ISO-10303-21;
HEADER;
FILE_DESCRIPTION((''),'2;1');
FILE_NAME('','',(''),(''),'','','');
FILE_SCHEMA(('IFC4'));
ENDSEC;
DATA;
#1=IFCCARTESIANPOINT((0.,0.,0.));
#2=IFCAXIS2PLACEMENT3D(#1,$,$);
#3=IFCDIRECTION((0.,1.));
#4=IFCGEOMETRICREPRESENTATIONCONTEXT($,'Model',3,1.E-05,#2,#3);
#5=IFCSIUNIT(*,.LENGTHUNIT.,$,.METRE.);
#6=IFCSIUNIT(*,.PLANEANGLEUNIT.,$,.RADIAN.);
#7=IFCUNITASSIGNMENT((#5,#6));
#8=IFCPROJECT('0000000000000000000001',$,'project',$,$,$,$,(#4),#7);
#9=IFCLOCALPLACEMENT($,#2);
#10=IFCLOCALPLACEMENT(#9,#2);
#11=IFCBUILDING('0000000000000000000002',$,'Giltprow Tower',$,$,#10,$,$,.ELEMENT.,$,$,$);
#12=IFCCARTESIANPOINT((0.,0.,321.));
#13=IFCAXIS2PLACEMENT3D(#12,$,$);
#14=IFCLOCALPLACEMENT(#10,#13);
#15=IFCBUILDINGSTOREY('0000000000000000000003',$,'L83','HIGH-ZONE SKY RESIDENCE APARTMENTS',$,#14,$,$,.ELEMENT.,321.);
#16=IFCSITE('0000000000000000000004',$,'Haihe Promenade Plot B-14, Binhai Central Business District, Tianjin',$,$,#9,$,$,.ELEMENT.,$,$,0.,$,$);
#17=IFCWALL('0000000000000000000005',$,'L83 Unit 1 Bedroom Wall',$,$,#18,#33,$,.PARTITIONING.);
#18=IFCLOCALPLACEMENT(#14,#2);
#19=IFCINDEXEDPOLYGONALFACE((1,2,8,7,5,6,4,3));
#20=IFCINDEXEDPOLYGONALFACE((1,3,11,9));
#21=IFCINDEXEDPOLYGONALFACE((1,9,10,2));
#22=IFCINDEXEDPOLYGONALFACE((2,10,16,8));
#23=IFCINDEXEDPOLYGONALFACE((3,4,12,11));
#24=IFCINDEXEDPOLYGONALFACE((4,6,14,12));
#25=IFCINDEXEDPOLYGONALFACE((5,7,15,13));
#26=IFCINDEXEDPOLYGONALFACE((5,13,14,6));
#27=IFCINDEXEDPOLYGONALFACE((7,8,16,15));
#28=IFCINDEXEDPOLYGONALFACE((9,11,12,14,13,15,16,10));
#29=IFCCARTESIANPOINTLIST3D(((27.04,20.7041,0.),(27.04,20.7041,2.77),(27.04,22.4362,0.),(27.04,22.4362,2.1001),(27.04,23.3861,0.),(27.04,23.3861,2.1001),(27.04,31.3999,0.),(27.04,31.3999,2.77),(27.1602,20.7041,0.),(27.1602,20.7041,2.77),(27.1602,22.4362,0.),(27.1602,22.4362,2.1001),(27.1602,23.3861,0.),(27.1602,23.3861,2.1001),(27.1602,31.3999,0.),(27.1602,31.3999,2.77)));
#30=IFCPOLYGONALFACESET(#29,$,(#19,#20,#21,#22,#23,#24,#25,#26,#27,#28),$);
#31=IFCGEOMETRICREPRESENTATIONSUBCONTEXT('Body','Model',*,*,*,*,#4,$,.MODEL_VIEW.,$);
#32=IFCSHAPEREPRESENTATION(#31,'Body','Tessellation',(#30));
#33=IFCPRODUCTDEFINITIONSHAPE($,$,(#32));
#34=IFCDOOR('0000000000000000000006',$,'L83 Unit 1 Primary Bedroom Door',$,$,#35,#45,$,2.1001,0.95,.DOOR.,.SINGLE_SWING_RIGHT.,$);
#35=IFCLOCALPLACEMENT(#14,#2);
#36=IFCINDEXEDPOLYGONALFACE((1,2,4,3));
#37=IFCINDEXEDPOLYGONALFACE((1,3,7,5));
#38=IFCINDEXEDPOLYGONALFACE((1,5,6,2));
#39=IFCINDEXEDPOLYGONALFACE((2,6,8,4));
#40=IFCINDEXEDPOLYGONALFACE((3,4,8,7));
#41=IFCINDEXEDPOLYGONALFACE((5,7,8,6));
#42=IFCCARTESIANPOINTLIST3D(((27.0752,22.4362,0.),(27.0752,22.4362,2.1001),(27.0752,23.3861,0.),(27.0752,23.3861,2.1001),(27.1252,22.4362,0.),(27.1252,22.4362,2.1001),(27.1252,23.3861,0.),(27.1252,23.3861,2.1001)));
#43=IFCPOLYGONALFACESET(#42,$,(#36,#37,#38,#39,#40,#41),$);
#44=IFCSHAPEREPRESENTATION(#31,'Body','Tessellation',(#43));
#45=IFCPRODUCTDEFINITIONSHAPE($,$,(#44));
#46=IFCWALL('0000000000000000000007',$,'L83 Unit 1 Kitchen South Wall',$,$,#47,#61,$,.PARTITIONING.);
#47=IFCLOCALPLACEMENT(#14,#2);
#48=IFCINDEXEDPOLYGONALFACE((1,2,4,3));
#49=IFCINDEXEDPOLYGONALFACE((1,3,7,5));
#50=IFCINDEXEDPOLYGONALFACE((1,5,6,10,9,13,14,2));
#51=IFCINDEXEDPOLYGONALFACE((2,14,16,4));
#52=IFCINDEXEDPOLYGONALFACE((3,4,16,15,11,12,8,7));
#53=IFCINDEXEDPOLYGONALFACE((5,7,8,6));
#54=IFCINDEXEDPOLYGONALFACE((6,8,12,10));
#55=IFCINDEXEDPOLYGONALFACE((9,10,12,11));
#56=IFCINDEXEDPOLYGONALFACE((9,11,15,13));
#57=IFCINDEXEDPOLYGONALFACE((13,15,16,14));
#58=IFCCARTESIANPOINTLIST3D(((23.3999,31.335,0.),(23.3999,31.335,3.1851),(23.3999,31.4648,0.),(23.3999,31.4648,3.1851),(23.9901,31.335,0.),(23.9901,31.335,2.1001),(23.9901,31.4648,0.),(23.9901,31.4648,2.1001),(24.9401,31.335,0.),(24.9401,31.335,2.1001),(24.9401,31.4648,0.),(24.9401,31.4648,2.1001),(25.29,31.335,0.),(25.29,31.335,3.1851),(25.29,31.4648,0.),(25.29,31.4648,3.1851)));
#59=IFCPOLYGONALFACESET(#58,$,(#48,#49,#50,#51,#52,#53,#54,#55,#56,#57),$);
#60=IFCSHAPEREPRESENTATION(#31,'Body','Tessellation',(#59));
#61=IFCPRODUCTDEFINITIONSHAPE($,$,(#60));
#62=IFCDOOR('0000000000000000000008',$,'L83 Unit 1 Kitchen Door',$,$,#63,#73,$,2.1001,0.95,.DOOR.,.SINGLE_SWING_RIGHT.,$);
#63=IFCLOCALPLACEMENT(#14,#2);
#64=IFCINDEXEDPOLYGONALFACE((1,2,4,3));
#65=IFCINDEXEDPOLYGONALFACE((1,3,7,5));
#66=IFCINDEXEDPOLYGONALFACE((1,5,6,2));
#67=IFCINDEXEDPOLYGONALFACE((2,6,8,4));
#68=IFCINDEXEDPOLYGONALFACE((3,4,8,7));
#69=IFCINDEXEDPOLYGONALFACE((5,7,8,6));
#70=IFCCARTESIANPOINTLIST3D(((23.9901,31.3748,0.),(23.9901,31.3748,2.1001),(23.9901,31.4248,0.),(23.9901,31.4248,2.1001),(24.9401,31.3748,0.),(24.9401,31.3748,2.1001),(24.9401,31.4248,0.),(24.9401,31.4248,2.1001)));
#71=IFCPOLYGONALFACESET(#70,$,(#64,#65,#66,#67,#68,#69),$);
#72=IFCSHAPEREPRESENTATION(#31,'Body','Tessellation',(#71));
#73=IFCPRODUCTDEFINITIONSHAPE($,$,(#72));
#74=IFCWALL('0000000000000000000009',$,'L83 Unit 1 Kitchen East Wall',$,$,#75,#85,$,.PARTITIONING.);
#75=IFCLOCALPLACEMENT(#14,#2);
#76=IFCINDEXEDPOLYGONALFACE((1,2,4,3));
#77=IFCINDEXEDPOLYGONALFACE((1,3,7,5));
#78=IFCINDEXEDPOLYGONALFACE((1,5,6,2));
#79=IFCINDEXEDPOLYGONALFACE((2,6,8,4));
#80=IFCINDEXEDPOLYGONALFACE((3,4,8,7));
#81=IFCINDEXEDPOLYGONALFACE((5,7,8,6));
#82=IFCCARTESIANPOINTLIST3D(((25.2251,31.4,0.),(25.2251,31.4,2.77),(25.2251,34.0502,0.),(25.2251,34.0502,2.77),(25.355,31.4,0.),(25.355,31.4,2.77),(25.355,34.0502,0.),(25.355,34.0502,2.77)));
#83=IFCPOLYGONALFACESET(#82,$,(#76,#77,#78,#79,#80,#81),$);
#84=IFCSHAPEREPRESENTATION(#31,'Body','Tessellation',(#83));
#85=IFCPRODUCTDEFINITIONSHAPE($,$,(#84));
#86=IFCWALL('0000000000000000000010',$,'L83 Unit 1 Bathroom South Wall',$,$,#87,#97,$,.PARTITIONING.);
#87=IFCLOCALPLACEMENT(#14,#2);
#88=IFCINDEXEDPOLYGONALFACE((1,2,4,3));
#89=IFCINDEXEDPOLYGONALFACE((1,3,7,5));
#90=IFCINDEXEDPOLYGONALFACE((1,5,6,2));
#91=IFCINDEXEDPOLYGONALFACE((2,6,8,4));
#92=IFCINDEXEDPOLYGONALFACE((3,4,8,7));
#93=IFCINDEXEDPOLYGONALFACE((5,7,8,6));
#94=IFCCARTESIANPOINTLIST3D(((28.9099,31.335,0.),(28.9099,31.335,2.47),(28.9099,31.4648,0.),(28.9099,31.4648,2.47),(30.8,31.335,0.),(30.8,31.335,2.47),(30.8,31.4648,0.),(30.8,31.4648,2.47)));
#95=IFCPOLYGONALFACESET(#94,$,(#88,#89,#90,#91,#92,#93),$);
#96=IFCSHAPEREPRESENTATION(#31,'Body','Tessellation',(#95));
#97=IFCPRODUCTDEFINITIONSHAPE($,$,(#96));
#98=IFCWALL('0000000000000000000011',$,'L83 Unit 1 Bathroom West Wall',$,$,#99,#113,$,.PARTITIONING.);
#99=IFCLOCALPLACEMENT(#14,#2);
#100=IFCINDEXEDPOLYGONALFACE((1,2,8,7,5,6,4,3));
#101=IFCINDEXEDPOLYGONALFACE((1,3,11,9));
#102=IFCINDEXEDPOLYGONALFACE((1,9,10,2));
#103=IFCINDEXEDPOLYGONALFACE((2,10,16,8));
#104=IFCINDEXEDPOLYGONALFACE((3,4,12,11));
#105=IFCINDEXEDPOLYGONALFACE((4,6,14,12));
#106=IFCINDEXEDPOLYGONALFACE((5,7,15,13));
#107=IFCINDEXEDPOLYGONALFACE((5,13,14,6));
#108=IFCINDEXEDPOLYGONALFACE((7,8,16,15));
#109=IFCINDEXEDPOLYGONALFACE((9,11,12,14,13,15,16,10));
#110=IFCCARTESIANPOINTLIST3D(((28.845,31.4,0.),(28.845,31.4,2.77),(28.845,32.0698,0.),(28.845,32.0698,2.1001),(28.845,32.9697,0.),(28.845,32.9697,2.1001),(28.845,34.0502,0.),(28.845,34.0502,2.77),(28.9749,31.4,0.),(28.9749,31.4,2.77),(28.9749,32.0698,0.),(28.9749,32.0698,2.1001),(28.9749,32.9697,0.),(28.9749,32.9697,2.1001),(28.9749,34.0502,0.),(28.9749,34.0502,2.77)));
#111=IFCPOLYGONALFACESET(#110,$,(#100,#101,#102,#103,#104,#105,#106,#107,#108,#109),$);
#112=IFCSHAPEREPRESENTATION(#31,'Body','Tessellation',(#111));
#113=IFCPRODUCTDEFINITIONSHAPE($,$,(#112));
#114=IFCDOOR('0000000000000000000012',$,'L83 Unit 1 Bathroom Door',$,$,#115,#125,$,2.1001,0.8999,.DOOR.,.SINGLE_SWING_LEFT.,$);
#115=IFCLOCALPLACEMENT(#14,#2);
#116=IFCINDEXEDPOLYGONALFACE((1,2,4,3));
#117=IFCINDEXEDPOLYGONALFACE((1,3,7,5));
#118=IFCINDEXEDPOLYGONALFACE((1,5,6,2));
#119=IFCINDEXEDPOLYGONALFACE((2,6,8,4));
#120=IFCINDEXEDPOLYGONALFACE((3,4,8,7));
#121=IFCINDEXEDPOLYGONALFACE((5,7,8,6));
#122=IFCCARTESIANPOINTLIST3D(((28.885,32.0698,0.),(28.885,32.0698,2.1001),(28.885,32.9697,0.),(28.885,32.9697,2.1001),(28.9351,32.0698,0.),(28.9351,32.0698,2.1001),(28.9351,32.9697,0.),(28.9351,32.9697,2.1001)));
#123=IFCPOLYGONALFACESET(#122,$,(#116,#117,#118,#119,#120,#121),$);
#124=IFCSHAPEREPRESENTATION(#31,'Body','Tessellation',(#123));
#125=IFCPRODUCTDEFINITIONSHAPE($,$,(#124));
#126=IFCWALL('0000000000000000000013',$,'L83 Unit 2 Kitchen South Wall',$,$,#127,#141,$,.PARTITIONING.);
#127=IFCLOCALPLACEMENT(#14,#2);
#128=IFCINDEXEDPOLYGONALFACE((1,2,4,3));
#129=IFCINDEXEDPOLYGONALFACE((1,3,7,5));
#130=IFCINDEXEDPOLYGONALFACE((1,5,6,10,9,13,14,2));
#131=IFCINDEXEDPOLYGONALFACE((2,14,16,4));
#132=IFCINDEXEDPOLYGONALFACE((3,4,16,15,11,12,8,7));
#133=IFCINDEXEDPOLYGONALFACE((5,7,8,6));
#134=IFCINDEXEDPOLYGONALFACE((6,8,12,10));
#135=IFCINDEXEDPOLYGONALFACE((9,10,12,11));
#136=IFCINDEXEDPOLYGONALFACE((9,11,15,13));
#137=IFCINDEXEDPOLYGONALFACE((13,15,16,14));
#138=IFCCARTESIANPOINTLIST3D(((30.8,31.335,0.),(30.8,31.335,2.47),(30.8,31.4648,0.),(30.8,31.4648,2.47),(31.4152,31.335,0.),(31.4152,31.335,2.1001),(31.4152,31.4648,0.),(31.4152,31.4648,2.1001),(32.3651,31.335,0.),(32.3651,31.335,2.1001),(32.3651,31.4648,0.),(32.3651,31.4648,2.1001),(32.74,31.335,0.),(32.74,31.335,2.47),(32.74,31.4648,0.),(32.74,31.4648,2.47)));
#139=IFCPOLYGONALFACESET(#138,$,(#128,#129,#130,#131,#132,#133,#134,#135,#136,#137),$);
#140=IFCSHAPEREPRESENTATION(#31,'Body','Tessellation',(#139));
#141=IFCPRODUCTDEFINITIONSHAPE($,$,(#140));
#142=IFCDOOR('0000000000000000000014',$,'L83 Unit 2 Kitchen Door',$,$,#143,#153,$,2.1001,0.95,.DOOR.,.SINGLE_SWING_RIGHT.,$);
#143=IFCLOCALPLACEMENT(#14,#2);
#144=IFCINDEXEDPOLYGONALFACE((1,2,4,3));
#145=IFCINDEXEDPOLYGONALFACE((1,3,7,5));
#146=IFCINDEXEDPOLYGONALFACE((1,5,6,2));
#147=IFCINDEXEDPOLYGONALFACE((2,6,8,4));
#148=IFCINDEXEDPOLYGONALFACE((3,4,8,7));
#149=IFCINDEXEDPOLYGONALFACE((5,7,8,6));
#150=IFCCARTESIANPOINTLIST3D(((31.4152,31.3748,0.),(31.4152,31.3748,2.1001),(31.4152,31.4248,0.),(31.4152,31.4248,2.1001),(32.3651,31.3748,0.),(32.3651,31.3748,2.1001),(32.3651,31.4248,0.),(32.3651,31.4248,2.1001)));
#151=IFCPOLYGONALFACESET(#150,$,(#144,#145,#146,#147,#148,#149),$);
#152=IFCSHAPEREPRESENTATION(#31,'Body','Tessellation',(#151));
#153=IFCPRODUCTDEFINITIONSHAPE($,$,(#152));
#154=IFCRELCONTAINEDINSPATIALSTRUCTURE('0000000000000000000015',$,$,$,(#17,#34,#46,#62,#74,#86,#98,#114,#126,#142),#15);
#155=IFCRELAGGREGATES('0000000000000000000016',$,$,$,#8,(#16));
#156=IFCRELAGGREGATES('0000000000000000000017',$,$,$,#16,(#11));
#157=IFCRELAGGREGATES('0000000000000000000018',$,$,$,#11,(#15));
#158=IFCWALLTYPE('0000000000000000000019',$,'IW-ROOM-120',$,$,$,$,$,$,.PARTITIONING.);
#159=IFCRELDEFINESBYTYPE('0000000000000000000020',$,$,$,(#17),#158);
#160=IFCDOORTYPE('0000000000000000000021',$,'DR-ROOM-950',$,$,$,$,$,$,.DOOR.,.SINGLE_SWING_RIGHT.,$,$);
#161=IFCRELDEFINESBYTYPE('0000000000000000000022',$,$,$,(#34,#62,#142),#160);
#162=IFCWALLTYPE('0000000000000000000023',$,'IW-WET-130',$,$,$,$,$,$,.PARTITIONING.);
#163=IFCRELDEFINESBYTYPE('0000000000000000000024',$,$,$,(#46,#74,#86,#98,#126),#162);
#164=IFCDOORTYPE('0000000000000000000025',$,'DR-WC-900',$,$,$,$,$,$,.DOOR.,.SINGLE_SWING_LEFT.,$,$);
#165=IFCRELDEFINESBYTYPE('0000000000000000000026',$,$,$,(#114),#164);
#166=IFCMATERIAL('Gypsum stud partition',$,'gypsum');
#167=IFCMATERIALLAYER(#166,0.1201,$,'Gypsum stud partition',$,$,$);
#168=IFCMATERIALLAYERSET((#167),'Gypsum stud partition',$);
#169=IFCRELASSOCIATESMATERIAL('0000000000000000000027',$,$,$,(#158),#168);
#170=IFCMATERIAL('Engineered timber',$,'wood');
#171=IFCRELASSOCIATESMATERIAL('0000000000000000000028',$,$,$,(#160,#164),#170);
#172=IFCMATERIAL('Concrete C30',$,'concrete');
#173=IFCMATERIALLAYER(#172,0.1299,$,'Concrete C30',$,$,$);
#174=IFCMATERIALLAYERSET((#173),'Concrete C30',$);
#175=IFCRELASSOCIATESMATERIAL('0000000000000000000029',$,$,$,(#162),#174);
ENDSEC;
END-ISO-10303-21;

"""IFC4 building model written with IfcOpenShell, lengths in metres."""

from ifc_helpers import new_model, si_unit, direction, frame, frame_2d, origin, place, context, subcontext, project, spatial, rectangle, extrude, source, transform, mapped, material, layer, layer_set, type_object, element, fill, save


model = new_model("IFC4")

# Units and contexts
model_context = context("Model", 3, precision=1e-05, world=origin(), true_north=direction((0.0, 1.0)))
body_context = subcontext(model_context, "Body", "Model", "MODEL_VIEW")
ifc_project = project(units=[si_unit("LENGTHUNIT", "METRE"), si_unit("PLANEANGLEUNIT", "RADIAN")], contexts=[model_context])

# Site, building, storey
site_placement = place(None, origin())
site = spatial("IfcSite", under=ifc_project, at=site_placement, Name="Haihe Promenade Plot B-14, Binhai Central Business District, Tianjin", CompositionType="ELEMENT", RefElevation=0.0)
building_placement = place(site_placement, origin())
building = spatial("IfcBuilding", under=site, at=building_placement, Name="Giltprow Tower", CompositionType="ELEMENT")
storey_placement = place(building_placement, frame((0.0, 0.0, 321.0)))
storey = spatial("IfcBuildingStorey", under=building, at=storey_placement, Name="L83", Description="HIGH-ZONE SKY RESIDENCE APARTMENTS", CompositionType="ELEMENT", Elevation=321.0)

# Shared definitions
ifc_material_1 = material(Name="Gypsum stud partition", Category="gypsum")
ifc_material_2 = material(Name="Engineered timber", Category="wood")

# Shared definitions
ifc_layer_1 = layer(ifc_material_1, 0.1201, Name="Gypsum stud partition")
ifc_layer_set_1 = layer_set([ifc_layer_1], Name="Gypsum stud partition")
wall_type_1 = type_object("IfcWallType", Name="IW-ROOM-120", PredefinedType="PARTITIONING", material=ifc_layer_set_1)

# Walls, openings, doors
wall_1_placement = place(storey_placement, frame((27.1001, 20.7041, 0.0), z_axis=(0.0, 0.0, 1.0), x_axis=(0.0, 1.0, 0.0)))
wall_1 = element("IfcWall", 1, at=wall_1_placement, inside=storey, type_object=wall_type_1, Name="L83 Unit 1 Bedroom Wall", PredefinedType="PARTITIONING", context=body_context, shape_type="SweptSolid", body=[
    extrude(rectangle(XDim=10.6958, YDim=0.1201, at=frame_2d((5.3479, 0.0))), origin(), (0.0, 0.0, 1.0), 2.77),
])
opening_1_placement = place(wall_1_placement, frame((1.7319, 0.0, 0.0)))
opening_1 = element("IfcOpeningElement", 2, at=opening_1_placement, cuts=wall_1, PredefinedType="OPENING", context=body_context, shape_type="SweptSolid", body=[
    extrude(rectangle(XDim=0.95, YDim=2.1001, at=frame_2d((0.4751, 1.05))), frame((0.0, 0.0701, 0.0), z_axis=(0.0, -1.0, 0.0), x_axis=(1.0, 0.0, 0.0)), (0.0, 0.0, 1.0), 0.1401),
])
door_type_1 = type_object("IfcDoorType", Name="DR-ROOM-950", OperationType="SINGLE_SWING_RIGHT", PredefinedType="DOOR", material=ifc_material_2)
shared_shape_1 = source(origin(), body_context, "Body", "SweptSolid", [
    extrude(rectangle(XDim=0.95, YDim=2.1001, at=frame_2d((0.4751, 1.05))), frame((0.0, 0.0249, 0.0), z_axis=(0.0, -1.0, 0.0), x_axis=(1.0, 0.0, 0.0)), (0.0, 0.0, 1.0), 0.05),
])
door_1_placement = place(opening_1_placement, origin())
door_1 = element("IfcDoor", 3, at=door_1_placement, inside=storey, type_object=door_type_1, Name="L83 Unit 1 Primary Bedroom Door", OperationType="SINGLE_SWING_RIGHT", OverallHeight=2.1001, OverallWidth=0.95, PredefinedType="DOOR", context=body_context, shape_type="MappedRepresentation", body=[
    mapped(shared_shape_1, transform((0.0, 0.0, 0.0), x_axis=(1.0, 0.0, 0.0), y_axis=(0.0, 1.0, 0.0), z_axis=(0.0, 0.0, 1.0), scale=1.0)),
])
fill(opening_1, door_1)
ifc_material_3 = material(Name="Concrete C30", Category="concrete")
ifc_layer_2 = layer(ifc_material_3, 0.1299, Name="Concrete C30")
ifc_layer_set_2 = layer_set([ifc_layer_2], Name="Concrete C30")
wall_type_2 = type_object("IfcWallType", Name="IW-WET-130", PredefinedType="PARTITIONING", material=ifc_layer_set_2)
wall_2_placement = place(storey_placement, frame((23.3999, 31.3999, 0.0), z_axis=(0.0, 0.0, 1.0), x_axis=(1.0, 0.0, 0.0)))
wall_2 = element("IfcWall", 4, at=wall_2_placement, inside=storey, type_object=wall_type_2, Name="L83 Unit 1 Kitchen South Wall", PredefinedType="PARTITIONING", context=body_context, shape_type="SweptSolid", body=[
    extrude(rectangle(XDim=1.8901, YDim=0.1299, at=frame_2d((0.9451, 0.0))), origin(), (0.0, 0.0, 1.0), 3.1851),
])
opening_2_placement = place(wall_2_placement, frame((0.5901, 0.0, 0.0)))
opening_2 = element("IfcOpeningElement", 5, at=opening_2_placement, cuts=wall_2, PredefinedType="OPENING", context=body_context, shape_type="SweptSolid", body=[
    extrude(rectangle(XDim=0.95, YDim=2.1001, at=frame_2d((0.4751, 1.05))), frame((0.0, 0.075, 0.0), z_axis=(0.0, -1.0, 0.0), x_axis=(1.0, 0.0, 0.0)), (0.0, 0.0, 1.0), 0.1499),
])
door_2_placement = place(opening_2_placement, origin())
door_2 = element("IfcDoor", 6, at=door_2_placement, inside=storey, type_object=door_type_1, Name="L83 Unit 1 Kitchen Door", OperationType="SINGLE_SWING_RIGHT", OverallHeight=2.1001, OverallWidth=0.95, PredefinedType="DOOR", context=body_context, shape_type="MappedRepresentation", body=[
    mapped(shared_shape_1, transform((0.0, 0.0, 0.0), x_axis=(1.0, 0.0, 0.0), y_axis=(0.0, 1.0, 0.0), z_axis=(0.0, 0.0, 1.0), scale=1.0)),
])
fill(opening_2, door_2)

# Walls
wall_3_placement = place(storey_placement, frame((25.29, 31.3999, 0.0), z_axis=(0.0, 0.0, 1.0), x_axis=(0.0, 1.0, 0.0)))
element("IfcWall", 7, at=wall_3_placement, inside=storey, type_object=wall_type_2, Name="L83 Unit 1 Kitchen East Wall", PredefinedType="PARTITIONING", context=body_context, shape_type="SweptSolid", body=[
    extrude(rectangle(XDim=2.6501, YDim=0.1299, at=frame_2d((1.3252, 0.0))), origin(), (0.0, 0.0, 1.0), 2.77),
])
wall_4_placement = place(storey_placement, frame((28.9099, 31.3999, 0.0), z_axis=(0.0, 0.0, 1.0), x_axis=(1.0, 0.0, 0.0)))
element("IfcWall", 8, at=wall_4_placement, inside=storey, type_object=wall_type_2, Name="L83 Unit 1 Bathroom South Wall", PredefinedType="PARTITIONING", context=body_context, shape_type="SweptSolid", body=[
    extrude(rectangle(XDim=1.8901, YDim=0.1299, at=frame_2d((0.9451, 0.0))), origin(), (0.0, 0.0, 1.0), 2.47),
])

# Walls, openings, doors
wall_5_placement = place(storey_placement, frame((28.9099, 31.3999, 0.0), z_axis=(0.0, 0.0, 1.0), x_axis=(0.0, 1.0, 0.0)))
wall_5 = element("IfcWall", 9, at=wall_5_placement, inside=storey, type_object=wall_type_2, Name="L83 Unit 1 Bathroom West Wall", PredefinedType="PARTITIONING", context=body_context, shape_type="SweptSolid", body=[
    extrude(rectangle(XDim=2.6501, YDim=0.1299, at=frame_2d((1.3252, 0.0))), origin(), (0.0, 0.0, 1.0), 2.77),
])
opening_3_placement = place(wall_5_placement, frame((0.6699, 0.0, 0.0)))
opening_3 = element("IfcOpeningElement", 10, at=opening_3_placement, cuts=wall_5, PredefinedType="OPENING", context=body_context, shape_type="SweptSolid", body=[
    extrude(rectangle(XDim=0.8999, YDim=2.1001, at=frame_2d((0.45, 1.05))), frame((0.0, 0.075, 0.0), z_axis=(0.0, -1.0, 0.0), x_axis=(1.0, 0.0, 0.0)), (0.0, 0.0, 1.0), 0.1499),
])
door_type_2 = type_object("IfcDoorType", Name="DR-WC-900", OperationType="SINGLE_SWING_LEFT", PredefinedType="DOOR", material=ifc_material_2)
shared_shape_2 = source(origin(), body_context, "Body", "SweptSolid", [
    extrude(rectangle(XDim=0.8999, YDim=2.1001, at=frame_2d((0.45, 1.05))), frame((0.0, 0.0249, 0.0), z_axis=(0.0, -1.0, 0.0), x_axis=(1.0, 0.0, 0.0)), (0.0, 0.0, 1.0), 0.05),
])
door_3_placement = place(opening_3_placement, origin())
door_3 = element("IfcDoor", 11, at=door_3_placement, inside=storey, type_object=door_type_2, Name="L83 Unit 1 Bathroom Door", OperationType="SINGLE_SWING_LEFT", OverallHeight=2.1001, OverallWidth=0.8999, PredefinedType="DOOR", context=body_context, shape_type="MappedRepresentation", body=[
    mapped(shared_shape_2, transform((0.0, 0.0, 0.0), x_axis=(1.0, 0.0, 0.0), y_axis=(0.0, 1.0, 0.0), z_axis=(0.0, 0.0, 1.0), scale=1.0)),
])
fill(opening_3, door_3)
wall_6_placement = place(storey_placement, frame((30.8, 31.3999, 0.0), z_axis=(0.0, 0.0, 1.0), x_axis=(1.0, 0.0, 0.0)))
wall_6 = element("IfcWall", 12, at=wall_6_placement, inside=storey, type_object=wall_type_2, Name="L83 Unit 2 Kitchen South Wall", PredefinedType="PARTITIONING", context=body_context, shape_type="SweptSolid", body=[
    extrude(rectangle(XDim=1.9399, YDim=0.1299, at=frame_2d((0.97, 0.0))), origin(), (0.0, 0.0, 1.0), 2.47),
])
opening_4_placement = place(wall_6_placement, frame((0.615, 0.0, 0.0)))
opening_4 = element("IfcOpeningElement", 13, at=opening_4_placement, cuts=wall_6, PredefinedType="OPENING", context=body_context, shape_type="SweptSolid", body=[
    extrude(rectangle(XDim=0.95, YDim=2.1001, at=frame_2d((0.4751, 1.05))), frame((0.0, 0.075, 0.0), z_axis=(0.0, -1.0, 0.0), x_axis=(1.0, 0.0, 0.0)), (0.0, 0.0, 1.0), 0.1499),
])
door_4_placement = place(opening_4_placement, origin())
door_4 = element("IfcDoor", 14, at=door_4_placement, inside=storey, type_object=door_type_1, Name="L83 Unit 2 Kitchen Door", OperationType="SINGLE_SWING_RIGHT", OverallHeight=2.1001, OverallWidth=0.95, PredefinedType="DOOR", context=body_context, shape_type="MappedRepresentation", body=[
    mapped(shared_shape_1, transform((0.0, 0.0, 0.0), x_axis=(1.0, 0.0, 0.0), y_axis=(0.0, 1.0, 0.0), z_axis=(0.0, 0.0, 1.0), scale=1.0)),
])
fill(opening_4, door_4)

save(model, "model.ifc")
